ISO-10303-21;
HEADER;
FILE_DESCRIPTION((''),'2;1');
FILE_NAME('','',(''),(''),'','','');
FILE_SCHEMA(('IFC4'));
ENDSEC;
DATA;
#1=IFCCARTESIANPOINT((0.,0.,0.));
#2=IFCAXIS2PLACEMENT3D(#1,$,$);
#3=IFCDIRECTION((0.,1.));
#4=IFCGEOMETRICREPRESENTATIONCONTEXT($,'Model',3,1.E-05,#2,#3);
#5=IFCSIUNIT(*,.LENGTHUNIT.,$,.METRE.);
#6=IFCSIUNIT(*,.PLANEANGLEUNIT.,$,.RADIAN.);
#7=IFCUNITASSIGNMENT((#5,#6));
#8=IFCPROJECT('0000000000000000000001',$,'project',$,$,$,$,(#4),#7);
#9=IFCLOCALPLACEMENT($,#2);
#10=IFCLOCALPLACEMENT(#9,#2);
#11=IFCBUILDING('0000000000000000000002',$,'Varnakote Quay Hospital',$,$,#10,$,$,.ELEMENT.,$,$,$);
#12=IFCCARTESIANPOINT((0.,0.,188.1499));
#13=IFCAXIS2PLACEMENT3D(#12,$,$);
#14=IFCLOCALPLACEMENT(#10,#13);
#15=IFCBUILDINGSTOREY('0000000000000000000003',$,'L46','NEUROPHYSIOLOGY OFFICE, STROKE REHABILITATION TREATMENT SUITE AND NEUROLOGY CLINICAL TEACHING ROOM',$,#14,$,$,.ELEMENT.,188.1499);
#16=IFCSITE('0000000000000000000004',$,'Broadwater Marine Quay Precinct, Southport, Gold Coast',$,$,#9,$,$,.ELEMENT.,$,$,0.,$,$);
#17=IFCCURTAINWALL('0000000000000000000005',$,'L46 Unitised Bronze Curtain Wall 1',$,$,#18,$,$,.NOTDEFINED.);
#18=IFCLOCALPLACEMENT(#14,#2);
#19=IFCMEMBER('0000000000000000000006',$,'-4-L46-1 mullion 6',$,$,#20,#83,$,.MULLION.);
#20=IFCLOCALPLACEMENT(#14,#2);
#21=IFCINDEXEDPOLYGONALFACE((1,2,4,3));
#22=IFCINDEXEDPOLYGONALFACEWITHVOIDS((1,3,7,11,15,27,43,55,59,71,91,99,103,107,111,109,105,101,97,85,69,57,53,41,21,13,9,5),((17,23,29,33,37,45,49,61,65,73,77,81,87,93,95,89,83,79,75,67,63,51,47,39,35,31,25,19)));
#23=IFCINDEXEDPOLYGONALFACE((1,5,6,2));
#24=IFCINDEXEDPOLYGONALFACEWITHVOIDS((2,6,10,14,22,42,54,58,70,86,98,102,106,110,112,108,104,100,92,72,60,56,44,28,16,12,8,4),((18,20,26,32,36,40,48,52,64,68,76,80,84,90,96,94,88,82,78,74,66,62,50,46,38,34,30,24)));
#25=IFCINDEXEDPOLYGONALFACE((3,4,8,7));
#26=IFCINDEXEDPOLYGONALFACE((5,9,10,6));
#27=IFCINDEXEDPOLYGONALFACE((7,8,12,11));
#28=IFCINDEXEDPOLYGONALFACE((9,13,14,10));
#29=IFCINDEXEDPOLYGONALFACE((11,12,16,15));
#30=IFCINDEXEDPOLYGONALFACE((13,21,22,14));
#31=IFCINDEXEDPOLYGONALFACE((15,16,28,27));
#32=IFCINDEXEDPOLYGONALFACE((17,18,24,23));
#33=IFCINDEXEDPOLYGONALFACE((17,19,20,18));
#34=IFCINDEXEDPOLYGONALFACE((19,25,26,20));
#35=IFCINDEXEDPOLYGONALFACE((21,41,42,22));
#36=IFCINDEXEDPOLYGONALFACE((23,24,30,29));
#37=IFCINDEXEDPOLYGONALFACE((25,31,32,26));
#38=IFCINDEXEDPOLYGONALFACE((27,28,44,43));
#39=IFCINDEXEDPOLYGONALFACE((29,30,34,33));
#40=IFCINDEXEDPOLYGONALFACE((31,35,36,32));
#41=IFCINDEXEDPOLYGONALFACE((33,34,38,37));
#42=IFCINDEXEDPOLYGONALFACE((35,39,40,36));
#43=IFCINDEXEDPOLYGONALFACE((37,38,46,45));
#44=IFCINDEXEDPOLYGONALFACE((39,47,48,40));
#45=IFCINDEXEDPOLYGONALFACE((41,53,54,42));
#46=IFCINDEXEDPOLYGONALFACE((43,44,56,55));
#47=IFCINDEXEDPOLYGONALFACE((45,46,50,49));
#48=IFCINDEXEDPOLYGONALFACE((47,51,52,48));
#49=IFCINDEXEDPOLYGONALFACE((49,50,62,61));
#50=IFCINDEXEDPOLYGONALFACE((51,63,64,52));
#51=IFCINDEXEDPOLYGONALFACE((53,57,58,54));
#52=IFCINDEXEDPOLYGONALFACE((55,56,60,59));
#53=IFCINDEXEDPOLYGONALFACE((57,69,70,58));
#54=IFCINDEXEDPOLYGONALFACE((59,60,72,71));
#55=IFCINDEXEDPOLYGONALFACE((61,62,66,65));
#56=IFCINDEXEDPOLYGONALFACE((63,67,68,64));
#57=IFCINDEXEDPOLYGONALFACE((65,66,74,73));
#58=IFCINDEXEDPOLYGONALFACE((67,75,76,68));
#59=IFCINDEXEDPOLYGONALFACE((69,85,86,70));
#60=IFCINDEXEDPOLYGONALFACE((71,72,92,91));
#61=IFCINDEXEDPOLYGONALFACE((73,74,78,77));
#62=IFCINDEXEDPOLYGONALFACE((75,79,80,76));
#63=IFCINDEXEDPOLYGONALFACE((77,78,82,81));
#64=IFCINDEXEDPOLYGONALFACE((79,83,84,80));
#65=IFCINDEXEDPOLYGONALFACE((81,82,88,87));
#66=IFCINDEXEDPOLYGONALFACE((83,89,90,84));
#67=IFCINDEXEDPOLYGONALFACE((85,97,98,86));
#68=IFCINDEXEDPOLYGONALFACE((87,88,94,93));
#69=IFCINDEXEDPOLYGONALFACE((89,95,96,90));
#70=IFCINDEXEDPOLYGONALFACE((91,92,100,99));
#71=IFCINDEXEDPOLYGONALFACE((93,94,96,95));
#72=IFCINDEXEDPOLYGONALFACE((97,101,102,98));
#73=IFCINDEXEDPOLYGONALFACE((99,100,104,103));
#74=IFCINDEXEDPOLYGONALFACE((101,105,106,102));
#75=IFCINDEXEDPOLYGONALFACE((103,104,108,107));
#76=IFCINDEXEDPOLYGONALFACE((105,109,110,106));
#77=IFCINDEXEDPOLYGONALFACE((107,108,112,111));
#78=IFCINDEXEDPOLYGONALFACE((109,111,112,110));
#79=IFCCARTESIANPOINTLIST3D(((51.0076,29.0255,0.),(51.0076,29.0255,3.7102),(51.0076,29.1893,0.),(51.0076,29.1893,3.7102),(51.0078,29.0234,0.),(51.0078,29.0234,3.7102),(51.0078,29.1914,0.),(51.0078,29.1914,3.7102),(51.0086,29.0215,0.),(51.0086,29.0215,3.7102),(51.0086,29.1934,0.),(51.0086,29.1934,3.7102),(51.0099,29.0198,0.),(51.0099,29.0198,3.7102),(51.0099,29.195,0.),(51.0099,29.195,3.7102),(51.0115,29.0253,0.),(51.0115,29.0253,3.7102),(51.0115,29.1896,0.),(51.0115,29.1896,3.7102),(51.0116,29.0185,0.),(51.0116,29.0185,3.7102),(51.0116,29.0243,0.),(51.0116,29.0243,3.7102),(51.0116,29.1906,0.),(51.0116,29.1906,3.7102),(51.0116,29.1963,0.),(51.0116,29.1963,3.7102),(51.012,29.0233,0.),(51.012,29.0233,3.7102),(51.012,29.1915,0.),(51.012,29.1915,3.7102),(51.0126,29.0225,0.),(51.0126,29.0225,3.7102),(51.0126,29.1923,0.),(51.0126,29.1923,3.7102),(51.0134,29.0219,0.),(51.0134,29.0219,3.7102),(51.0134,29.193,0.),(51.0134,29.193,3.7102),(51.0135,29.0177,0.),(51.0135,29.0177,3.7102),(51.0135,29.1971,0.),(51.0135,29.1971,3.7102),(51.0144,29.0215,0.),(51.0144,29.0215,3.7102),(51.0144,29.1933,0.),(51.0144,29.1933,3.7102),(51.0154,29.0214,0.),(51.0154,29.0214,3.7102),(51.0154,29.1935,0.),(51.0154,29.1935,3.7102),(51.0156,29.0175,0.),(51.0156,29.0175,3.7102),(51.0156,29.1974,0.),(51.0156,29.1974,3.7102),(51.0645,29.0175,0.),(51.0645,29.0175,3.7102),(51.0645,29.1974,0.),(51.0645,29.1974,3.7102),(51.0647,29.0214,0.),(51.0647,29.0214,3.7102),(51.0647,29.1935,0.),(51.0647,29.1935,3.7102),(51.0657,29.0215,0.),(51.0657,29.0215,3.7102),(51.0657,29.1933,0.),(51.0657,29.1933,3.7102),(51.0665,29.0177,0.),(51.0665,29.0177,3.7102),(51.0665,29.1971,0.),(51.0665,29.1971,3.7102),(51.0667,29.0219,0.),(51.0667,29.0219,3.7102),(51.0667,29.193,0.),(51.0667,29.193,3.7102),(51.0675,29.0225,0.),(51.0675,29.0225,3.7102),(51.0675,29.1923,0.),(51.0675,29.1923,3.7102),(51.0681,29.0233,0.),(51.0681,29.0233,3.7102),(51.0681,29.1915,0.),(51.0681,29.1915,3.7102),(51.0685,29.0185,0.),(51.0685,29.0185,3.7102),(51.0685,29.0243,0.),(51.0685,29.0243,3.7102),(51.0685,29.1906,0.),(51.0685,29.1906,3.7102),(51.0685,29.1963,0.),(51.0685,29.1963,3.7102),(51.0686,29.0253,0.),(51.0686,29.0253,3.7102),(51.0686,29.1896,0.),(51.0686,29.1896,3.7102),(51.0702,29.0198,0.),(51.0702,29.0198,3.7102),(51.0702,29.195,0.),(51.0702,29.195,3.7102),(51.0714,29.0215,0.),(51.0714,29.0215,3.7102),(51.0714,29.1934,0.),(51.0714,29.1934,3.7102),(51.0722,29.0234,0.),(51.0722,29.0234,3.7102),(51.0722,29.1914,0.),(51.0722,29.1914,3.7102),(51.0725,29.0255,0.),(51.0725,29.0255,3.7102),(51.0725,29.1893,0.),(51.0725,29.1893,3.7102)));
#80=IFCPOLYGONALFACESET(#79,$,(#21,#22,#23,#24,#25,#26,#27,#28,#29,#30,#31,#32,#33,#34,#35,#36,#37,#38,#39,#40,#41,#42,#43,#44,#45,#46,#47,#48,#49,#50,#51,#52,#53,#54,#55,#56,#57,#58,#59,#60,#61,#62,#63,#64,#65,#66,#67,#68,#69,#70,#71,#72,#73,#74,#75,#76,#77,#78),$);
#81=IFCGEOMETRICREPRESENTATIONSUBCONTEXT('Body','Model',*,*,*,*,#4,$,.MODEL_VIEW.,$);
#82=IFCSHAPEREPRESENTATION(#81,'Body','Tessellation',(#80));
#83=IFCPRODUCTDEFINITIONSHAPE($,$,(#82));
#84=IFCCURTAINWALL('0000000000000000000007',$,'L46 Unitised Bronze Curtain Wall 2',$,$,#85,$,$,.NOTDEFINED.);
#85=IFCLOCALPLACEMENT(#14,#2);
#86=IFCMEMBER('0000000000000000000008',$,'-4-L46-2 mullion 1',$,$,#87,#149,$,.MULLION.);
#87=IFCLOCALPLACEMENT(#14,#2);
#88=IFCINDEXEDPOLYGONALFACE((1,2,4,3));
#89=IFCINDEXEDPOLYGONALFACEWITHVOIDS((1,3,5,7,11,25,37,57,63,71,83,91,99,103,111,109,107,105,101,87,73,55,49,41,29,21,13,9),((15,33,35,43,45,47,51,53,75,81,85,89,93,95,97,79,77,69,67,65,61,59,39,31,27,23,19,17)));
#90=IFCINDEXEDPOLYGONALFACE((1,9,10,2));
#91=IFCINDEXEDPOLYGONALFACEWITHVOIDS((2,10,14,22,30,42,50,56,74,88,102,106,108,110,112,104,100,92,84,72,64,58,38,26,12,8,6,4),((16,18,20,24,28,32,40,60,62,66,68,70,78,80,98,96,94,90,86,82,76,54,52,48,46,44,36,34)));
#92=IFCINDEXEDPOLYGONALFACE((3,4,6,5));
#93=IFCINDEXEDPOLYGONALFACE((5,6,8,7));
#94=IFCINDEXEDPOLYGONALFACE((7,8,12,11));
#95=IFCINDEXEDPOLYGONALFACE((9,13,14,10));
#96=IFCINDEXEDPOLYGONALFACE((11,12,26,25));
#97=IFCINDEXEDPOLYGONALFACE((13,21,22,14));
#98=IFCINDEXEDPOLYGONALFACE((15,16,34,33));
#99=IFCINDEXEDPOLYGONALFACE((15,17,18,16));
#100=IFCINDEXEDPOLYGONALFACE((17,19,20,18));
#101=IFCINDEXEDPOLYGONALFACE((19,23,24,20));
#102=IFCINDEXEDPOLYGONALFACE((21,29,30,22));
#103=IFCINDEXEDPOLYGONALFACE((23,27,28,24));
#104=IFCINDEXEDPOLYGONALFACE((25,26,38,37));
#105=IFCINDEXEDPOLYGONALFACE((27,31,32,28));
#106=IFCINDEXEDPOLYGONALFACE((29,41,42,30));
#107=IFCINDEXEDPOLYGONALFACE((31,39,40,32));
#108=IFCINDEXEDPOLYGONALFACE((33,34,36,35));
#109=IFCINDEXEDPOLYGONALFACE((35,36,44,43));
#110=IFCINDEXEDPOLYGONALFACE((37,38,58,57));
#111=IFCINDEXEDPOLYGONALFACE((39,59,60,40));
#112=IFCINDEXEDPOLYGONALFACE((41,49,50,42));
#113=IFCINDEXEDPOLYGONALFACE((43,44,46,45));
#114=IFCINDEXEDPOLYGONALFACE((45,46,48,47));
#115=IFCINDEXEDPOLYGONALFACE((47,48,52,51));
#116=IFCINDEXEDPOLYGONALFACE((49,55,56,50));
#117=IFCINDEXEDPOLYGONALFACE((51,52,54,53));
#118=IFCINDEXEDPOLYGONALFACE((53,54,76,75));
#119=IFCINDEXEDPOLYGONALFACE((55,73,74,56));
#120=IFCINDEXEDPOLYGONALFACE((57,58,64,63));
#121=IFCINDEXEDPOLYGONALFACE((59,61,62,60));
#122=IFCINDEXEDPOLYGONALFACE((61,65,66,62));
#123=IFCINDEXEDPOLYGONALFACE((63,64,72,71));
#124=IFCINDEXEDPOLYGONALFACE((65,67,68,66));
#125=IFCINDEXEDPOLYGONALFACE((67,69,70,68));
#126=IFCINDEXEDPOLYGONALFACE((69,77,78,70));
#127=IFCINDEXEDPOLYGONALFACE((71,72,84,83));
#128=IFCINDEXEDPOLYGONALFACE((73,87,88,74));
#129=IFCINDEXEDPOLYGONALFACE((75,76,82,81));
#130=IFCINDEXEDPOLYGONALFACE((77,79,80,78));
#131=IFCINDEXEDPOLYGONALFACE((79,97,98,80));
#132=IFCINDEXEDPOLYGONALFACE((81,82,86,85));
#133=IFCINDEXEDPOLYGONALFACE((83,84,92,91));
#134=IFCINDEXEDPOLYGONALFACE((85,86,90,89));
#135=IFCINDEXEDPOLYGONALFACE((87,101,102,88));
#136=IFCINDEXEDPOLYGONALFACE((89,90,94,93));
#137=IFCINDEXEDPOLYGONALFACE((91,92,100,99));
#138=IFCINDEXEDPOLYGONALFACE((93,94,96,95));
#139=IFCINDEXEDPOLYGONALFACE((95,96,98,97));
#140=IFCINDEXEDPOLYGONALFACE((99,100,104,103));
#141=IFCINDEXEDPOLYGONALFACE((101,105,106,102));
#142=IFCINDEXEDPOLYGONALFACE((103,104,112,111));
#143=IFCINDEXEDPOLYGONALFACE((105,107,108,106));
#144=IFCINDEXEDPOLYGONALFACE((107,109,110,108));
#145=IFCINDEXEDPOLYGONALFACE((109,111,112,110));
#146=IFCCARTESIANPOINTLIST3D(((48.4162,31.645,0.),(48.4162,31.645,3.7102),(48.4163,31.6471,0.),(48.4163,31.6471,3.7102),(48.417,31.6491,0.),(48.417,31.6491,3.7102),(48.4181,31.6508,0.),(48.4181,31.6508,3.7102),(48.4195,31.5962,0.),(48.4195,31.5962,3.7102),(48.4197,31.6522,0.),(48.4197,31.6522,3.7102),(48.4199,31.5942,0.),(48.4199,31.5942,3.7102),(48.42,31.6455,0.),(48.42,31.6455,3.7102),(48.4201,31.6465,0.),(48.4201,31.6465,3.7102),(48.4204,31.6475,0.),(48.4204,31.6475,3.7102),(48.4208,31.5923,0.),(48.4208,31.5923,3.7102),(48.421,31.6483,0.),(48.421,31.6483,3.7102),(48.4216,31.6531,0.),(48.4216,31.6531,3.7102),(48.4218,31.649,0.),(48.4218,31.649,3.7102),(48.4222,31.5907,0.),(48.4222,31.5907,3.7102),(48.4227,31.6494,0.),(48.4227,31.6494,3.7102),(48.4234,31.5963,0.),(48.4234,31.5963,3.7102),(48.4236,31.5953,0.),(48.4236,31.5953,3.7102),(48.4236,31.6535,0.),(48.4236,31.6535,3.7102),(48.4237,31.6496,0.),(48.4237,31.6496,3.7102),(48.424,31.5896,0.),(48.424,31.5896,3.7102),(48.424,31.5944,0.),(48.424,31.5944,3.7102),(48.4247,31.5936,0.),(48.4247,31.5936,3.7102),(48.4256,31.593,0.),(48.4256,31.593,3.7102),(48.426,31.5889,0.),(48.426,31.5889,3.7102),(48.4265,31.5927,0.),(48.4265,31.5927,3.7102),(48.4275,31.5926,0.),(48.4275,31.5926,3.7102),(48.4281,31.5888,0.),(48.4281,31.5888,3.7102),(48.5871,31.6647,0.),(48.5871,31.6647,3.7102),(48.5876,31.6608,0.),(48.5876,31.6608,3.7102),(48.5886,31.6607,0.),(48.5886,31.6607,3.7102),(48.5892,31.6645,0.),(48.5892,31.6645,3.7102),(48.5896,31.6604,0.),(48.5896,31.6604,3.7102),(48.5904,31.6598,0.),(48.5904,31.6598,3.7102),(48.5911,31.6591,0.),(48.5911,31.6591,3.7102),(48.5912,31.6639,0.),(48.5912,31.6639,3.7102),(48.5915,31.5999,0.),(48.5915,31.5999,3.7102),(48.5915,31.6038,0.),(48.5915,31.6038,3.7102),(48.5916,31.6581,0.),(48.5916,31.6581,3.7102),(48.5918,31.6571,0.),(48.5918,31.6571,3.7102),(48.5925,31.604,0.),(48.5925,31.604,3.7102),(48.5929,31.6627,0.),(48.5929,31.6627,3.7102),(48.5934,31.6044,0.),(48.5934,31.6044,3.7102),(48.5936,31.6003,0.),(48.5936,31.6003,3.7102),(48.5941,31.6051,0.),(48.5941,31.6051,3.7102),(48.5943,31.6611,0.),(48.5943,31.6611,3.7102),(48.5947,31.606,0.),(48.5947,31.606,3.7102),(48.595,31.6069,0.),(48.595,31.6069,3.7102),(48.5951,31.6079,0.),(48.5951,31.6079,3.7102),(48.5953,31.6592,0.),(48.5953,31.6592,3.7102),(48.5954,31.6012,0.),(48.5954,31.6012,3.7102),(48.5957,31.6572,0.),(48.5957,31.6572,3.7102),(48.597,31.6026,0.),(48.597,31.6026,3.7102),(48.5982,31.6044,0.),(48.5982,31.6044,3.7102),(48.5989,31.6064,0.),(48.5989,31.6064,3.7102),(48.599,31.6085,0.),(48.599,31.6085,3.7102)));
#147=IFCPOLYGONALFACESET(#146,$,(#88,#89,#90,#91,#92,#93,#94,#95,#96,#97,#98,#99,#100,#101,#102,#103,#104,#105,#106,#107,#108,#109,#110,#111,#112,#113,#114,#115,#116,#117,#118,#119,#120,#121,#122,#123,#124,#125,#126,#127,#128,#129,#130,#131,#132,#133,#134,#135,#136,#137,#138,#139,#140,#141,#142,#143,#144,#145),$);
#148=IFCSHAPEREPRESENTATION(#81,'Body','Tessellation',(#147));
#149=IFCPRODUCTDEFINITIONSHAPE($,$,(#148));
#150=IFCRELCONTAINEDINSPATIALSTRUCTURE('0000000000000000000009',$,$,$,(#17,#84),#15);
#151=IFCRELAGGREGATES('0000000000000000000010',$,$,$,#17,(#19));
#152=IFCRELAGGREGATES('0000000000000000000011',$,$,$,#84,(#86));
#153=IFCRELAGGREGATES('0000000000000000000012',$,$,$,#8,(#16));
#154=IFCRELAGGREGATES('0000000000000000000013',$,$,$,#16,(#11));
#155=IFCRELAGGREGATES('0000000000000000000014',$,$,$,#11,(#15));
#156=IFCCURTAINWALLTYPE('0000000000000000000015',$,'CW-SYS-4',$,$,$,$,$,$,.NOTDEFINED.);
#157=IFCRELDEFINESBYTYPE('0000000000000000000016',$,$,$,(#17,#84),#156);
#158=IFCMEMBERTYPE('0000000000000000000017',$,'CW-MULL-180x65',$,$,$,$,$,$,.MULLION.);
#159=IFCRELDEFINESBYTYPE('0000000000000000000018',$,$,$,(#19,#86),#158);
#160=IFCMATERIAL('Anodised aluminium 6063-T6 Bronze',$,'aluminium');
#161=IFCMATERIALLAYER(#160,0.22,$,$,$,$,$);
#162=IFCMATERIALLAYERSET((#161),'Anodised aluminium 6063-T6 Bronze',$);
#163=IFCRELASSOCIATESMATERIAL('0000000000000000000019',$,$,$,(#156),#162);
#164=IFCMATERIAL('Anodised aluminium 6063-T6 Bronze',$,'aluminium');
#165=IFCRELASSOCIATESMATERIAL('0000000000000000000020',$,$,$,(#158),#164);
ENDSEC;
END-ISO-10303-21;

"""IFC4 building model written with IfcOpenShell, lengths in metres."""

from ifc_helpers import new_model, si_unit, direction, frame, origin, origin_2d, place, context, subcontext, project, spatial, hollow_rectangle, extrude, material, layer, layer_set, material_profile, profile_set, type_object, element, aggregate, save


model = new_model("IFC4")

# Units and contexts
model_context = context("Model", 3, precision=1e-05, world=origin(), true_north=direction((0.0, 1.0)))
body_context = subcontext(model_context, "Body", "Model", "MODEL_VIEW")
ifc_project = project(units=[si_unit("LENGTHUNIT", "METRE"), si_unit("PLANEANGLEUNIT", "RADIAN")], contexts=[model_context])

# Site, building, storey
site_placement = place(None, origin())
site = spatial("IfcSite", under=ifc_project, at=site_placement, Name="Broadwater Marine Quay Precinct, Southport, Gold Coast", CompositionType="ELEMENT", RefElevation=0.0)
building_placement = place(site_placement, origin())
building = spatial("IfcBuilding", under=site, at=building_placement, Name="Varnakote Quay Hospital", CompositionType="ELEMENT")
storey_placement = place(building_placement, frame((0.0, 0.0, 188.1499)))
storey = spatial("IfcBuildingStorey", under=building, at=storey_placement, Name="L46", Description="NEUROPHYSIOLOGY OFFICE, STROKE REHABILITATION TREATMENT SUITE AND NEUROLOGY CLINICAL TEACHING ROOM", CompositionType="ELEMENT", Elevation=188.1499)

# Curtain wall, member
ifc_material_1 = material(Name="Anodised aluminium 6063-T6 Bronze", Category="aluminium")
ifc_layer_1 = layer(ifc_material_1, 0.22)
ifc_layer_set_1 = layer_set([ifc_layer_1], Name="Anodised aluminium 6063-T6 Bronze")
curtain_wall_type = type_object("IfcCurtainWallType", Name="CW-SYS-4", PredefinedType="NOTDEFINED", material=ifc_layer_set_1)
curtain_wall_1_placement = place(storey_placement, origin())
curtain_wall_1 = element("IfcCurtainWall", 1, at=curtain_wall_1_placement, inside=storey, type_object=curtain_wall_type, Name="L46 Unitised Bronze Curtain Wall 1", PredefinedType="NOTDEFINED")
ifc_material_2 = material(Name="Anodised aluminium 6063-T6 Bronze", Category="aluminium")
ifc_material_profile_1 = material_profile(ifc_material_2, hollow_rectangle(XDim=0.0649, YDim=0.1799, WallThickness=0.0039, InnerFilletRadius=0.0039, OuterFilletRadius=0.0081, at=origin_2d()), Name="CW-MULL-180x65")
ifc_profile_set_1 = profile_set([ifc_material_profile_1], Name="Anodised aluminium 6063-T6 Bronze")
member_type_1 = type_object("IfcMemberType", Name="CW-MULL-180x65", PredefinedType="MULLION", material=ifc_profile_set_1)
member_1_placement = place(storey_placement, frame((51.04, 29.1074, 0.0), z_axis=(0.0, 0.0, 1.0), x_axis=(-1.0, 0.0, 0.0)))
member_1 = element("IfcMember", 2, at=member_1_placement, type_object=member_type_1, Name="-4-L46-1 mullion 6", PredefinedType="MULLION", context=body_context, shape_type="SweptSolid", body=[
    extrude(hollow_rectangle(XDim=0.0649, YDim=0.1799, WallThickness=0.0039, InnerFilletRadius=0.0039, OuterFilletRadius=0.0081, at=origin_2d()), origin(), (0.0, 0.0, 1.0), 3.7102),
])
aggregate(curtain_wall_1, [member_1])

# Curtain wall, member
curtain_wall_2_placement = place(storey_placement, origin())
curtain_wall_2 = element("IfcCurtainWall", 3, at=curtain_wall_2_placement, inside=storey, type_object=curtain_wall_type, Name="L46 Unitised Bronze Curtain Wall 2", PredefinedType="NOTDEFINED")
member_2_placement = place(storey_placement, frame((48.5076, 31.6267, 0.0), z_axis=(0.0, 0.0, 1.0), x_axis=(0.067842, -0.997696, 0.0)))
member_2 = element("IfcMember", 4, at=member_2_placement, type_object=member_type_1, Name="-4-L46-2 mullion 1", PredefinedType="MULLION", context=body_context, shape_type="SweptSolid", body=[
    extrude(hollow_rectangle(XDim=0.0649, YDim=0.1799, WallThickness=0.0039, InnerFilletRadius=0.0039, OuterFilletRadius=0.0081, at=origin_2d()), origin(), (0.0, 0.0, 1.0), 3.7102),
])
aggregate(curtain_wall_2, [member_2])

save(model, "model.ifc")
